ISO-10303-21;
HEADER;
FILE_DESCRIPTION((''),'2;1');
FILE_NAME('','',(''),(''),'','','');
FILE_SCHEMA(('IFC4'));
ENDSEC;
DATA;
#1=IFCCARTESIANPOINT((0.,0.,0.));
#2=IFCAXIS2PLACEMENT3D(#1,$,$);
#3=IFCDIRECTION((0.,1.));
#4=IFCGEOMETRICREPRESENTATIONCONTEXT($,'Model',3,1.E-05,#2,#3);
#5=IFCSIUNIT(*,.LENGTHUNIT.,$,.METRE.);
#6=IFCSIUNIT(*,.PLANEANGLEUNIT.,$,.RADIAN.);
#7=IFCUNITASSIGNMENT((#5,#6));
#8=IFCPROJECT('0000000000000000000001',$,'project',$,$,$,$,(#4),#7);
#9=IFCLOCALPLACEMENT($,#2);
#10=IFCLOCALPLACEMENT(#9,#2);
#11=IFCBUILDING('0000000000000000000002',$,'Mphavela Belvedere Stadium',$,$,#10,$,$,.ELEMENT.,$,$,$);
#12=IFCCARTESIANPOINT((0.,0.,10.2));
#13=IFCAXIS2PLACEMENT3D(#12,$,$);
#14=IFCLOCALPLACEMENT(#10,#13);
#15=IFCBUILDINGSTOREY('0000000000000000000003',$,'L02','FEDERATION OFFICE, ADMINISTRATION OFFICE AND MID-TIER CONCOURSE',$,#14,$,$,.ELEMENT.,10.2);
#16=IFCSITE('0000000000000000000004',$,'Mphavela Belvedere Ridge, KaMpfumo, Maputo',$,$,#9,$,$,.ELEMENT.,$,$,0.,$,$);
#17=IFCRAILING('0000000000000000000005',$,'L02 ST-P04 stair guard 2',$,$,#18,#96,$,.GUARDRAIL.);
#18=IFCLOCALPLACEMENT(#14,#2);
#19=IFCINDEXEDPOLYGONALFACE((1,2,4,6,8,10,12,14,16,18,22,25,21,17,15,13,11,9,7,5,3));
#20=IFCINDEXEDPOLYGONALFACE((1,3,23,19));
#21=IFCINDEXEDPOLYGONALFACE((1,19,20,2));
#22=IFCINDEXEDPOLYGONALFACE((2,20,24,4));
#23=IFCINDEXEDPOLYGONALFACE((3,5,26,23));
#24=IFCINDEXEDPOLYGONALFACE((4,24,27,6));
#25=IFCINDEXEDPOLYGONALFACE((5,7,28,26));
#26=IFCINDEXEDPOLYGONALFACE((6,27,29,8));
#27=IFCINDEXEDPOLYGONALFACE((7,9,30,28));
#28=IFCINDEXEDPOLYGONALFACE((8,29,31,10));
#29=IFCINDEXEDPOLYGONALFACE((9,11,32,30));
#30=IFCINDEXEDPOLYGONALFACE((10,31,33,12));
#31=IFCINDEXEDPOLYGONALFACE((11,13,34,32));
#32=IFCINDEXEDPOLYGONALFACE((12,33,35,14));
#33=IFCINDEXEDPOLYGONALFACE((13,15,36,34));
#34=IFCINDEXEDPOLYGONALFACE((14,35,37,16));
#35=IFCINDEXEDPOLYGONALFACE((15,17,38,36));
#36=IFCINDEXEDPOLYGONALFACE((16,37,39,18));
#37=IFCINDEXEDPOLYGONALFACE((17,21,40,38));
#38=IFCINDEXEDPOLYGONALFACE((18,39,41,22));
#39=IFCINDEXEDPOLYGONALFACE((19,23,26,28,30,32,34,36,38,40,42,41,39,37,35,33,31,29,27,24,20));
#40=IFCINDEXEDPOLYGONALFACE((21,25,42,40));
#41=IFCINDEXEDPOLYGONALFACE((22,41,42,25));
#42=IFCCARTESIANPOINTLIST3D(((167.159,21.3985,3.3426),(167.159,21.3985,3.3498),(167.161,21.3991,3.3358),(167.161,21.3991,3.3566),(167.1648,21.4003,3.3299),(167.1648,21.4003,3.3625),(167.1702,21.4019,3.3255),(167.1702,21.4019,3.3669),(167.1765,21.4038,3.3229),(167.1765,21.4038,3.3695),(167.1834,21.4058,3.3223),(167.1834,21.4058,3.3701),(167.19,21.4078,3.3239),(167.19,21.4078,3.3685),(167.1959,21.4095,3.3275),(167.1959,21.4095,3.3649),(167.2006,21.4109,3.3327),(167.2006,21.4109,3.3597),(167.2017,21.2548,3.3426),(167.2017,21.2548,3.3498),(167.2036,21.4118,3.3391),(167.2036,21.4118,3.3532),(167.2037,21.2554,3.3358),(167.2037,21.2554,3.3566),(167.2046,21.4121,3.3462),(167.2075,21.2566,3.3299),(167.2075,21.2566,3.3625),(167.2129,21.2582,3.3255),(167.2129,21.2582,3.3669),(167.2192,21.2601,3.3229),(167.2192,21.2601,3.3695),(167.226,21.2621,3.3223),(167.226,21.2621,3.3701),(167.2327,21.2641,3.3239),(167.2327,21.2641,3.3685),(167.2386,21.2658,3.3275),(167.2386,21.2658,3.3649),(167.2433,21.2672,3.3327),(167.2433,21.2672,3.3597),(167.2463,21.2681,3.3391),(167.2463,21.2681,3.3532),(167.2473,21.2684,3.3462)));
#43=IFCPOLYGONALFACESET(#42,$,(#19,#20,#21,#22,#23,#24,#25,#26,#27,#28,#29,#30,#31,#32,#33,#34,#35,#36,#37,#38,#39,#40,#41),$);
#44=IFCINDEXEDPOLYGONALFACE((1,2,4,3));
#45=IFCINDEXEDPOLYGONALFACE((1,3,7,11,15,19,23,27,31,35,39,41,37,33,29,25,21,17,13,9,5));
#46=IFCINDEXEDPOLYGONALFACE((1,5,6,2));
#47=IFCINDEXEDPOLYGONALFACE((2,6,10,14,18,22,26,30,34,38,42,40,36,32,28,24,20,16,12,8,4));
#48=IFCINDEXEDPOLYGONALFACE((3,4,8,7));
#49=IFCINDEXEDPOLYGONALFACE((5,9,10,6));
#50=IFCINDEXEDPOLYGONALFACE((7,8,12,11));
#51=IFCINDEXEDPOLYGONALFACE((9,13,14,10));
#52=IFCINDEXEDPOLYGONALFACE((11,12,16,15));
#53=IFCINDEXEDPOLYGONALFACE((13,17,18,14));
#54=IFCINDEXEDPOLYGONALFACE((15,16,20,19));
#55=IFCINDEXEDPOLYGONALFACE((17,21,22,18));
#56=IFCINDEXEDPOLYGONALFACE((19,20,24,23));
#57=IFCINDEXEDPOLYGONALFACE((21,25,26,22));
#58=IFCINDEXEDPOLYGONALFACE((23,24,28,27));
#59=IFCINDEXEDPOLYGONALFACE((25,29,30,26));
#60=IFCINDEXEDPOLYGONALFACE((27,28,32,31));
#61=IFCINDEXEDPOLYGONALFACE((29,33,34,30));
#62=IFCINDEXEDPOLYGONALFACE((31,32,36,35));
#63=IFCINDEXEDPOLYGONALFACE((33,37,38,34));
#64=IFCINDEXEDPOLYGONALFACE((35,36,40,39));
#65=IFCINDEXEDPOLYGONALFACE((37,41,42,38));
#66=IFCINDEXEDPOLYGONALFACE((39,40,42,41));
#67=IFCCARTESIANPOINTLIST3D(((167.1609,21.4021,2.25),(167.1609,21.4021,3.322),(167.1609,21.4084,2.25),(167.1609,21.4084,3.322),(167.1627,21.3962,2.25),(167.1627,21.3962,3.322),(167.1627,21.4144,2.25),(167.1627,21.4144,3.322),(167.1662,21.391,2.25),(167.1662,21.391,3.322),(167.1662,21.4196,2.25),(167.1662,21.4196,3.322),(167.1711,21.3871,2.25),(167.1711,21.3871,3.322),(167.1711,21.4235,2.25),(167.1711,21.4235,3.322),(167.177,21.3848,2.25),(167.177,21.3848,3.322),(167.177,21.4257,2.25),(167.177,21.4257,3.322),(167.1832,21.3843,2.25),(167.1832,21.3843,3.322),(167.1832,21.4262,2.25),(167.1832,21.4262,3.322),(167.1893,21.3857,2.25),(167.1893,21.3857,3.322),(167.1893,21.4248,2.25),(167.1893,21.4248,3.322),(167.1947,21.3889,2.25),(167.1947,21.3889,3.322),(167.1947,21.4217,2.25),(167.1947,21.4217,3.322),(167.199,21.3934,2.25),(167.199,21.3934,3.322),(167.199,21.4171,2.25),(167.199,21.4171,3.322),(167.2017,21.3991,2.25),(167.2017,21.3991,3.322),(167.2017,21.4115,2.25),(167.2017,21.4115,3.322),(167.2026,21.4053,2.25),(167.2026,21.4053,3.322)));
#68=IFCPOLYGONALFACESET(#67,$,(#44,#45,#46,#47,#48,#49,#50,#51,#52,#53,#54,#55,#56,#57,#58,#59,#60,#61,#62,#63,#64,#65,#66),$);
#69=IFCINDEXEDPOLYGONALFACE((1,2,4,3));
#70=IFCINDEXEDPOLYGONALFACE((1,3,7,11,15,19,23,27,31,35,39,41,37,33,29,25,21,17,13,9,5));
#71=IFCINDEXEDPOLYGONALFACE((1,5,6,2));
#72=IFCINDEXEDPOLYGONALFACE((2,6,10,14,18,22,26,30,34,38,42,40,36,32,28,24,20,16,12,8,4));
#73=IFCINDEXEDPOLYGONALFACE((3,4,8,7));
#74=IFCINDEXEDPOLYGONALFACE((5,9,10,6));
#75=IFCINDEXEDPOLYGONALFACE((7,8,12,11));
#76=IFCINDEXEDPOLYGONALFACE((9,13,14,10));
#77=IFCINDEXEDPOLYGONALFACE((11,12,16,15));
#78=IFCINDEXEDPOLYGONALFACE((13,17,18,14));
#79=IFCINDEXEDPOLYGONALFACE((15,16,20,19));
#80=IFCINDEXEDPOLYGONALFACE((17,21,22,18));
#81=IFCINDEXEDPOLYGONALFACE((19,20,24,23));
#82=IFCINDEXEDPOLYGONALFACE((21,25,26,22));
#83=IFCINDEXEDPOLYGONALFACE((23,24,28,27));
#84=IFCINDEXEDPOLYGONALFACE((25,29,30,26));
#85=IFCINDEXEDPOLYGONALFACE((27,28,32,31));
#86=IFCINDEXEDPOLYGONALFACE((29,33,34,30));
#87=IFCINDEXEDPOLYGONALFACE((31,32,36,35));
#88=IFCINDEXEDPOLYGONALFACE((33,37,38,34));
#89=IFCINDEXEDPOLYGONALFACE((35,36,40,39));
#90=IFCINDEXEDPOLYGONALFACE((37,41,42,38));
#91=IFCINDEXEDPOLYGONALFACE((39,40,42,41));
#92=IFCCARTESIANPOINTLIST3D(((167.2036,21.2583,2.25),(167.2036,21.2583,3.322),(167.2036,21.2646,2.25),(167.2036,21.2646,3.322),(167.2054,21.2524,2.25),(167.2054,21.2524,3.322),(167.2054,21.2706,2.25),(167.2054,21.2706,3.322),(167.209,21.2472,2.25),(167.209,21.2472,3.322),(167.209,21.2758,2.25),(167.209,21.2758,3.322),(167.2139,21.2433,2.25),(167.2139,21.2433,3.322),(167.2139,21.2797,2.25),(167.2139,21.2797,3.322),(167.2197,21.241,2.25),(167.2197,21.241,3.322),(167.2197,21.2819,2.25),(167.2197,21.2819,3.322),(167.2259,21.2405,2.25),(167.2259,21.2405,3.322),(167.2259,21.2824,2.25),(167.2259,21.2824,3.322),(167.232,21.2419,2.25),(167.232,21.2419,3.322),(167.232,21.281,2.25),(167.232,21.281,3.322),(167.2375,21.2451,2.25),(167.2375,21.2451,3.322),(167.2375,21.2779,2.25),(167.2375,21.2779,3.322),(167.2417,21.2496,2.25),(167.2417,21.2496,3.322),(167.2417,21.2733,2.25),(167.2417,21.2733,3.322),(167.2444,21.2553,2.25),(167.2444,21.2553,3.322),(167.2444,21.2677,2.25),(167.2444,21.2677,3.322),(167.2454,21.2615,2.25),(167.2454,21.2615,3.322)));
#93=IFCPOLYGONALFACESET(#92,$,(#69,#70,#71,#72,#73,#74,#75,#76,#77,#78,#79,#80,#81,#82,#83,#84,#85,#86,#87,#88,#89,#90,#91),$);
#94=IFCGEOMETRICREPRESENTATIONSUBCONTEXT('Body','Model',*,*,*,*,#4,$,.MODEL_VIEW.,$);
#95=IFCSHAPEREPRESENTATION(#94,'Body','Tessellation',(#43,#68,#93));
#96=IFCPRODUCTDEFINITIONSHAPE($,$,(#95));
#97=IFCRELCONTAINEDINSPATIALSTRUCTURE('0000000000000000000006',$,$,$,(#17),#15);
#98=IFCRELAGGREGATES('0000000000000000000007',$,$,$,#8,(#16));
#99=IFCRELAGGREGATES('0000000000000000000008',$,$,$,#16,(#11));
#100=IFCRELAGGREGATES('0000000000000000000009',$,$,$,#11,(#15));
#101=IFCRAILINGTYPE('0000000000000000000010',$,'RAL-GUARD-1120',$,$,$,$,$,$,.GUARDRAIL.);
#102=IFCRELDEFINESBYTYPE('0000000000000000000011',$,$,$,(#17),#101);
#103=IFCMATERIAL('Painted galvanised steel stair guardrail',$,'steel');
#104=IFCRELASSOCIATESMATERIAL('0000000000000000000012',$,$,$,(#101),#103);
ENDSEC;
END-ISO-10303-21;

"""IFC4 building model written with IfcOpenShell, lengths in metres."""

from ifc_helpers import new_model, si_unit, direction, frame, origin, origin_2d, place, context, subcontext, project, spatial, circle, extrude, material, type_object, element, save


model = new_model("IFC4")

# Units and contexts
model_context = context("Model", 3, precision=1e-05, world=origin(), true_north=direction((0.0, 1.0)))
body_context = subcontext(model_context, "Body", "Model", "MODEL_VIEW")
ifc_project = project(units=[si_unit("LENGTHUNIT", "METRE"), si_unit("PLANEANGLEUNIT", "RADIAN")], contexts=[model_context])

# Site, building, storey
site_placement = place(None, origin())
site = spatial("IfcSite", under=ifc_project, at=site_placement, Name="Mphavela Belvedere Ridge, KaMpfumo, Maputo", CompositionType="ELEMENT", RefElevation=0.0)
building_placement = place(site_placement, origin())
building = spatial("IfcBuilding", under=site, at=building_placement, Name="Mphavela Belvedere Stadium", CompositionType="ELEMENT")
storey_placement = place(building_placement, frame((0.0, 0.0, 10.2)))
storey = spatial("IfcBuildingStorey", under=building, at=storey_placement, Name="L02", Description="FEDERATION OFFICE, ADMINISTRATION OFFICE AND MID-TIER CONCOURSE", CompositionType="ELEMENT", Elevation=10.2)

# Railing
ifc_material_1 = material(Name="Painted galvanised steel stair guardrail", Category="steel")
railing_type_1 = type_object("IfcRailingType", Name="RAL-GUARD-1120", PredefinedType="GUARDRAIL", material=ifc_material_1)
railing_1_placement = place(storey_placement, frame((167.1816, 21.4053, 2.25)))
element("IfcRailing", 1, at=railing_1_placement, inside=storey, type_object=railing_type_1, Name="L02 ST-P04 stair guard 2", PredefinedType="GUARDRAIL", context=body_context, shape_type="SweptSolid", body=[
    extrude(circle(Radius=0.0239, at=origin_2d()), frame((0.0, 0.0, 1.0962), z_axis=(0.284809, -0.958584, 0.0), x_axis=(0.958584, 0.284809, 0.0)), (0.0, 0.0, 1.0), 0.1499),
    extrude(circle(Radius=0.021, at=origin_2d()), origin(), (0.0, 0.0, 1.0), 1.072),
    extrude(circle(Radius=0.021, at=origin_2d()), frame((0.0427, -0.1438, 0.0)), (0.0, 0.0, 1.0), 1.072),
])

save(model, "model.ifc")
